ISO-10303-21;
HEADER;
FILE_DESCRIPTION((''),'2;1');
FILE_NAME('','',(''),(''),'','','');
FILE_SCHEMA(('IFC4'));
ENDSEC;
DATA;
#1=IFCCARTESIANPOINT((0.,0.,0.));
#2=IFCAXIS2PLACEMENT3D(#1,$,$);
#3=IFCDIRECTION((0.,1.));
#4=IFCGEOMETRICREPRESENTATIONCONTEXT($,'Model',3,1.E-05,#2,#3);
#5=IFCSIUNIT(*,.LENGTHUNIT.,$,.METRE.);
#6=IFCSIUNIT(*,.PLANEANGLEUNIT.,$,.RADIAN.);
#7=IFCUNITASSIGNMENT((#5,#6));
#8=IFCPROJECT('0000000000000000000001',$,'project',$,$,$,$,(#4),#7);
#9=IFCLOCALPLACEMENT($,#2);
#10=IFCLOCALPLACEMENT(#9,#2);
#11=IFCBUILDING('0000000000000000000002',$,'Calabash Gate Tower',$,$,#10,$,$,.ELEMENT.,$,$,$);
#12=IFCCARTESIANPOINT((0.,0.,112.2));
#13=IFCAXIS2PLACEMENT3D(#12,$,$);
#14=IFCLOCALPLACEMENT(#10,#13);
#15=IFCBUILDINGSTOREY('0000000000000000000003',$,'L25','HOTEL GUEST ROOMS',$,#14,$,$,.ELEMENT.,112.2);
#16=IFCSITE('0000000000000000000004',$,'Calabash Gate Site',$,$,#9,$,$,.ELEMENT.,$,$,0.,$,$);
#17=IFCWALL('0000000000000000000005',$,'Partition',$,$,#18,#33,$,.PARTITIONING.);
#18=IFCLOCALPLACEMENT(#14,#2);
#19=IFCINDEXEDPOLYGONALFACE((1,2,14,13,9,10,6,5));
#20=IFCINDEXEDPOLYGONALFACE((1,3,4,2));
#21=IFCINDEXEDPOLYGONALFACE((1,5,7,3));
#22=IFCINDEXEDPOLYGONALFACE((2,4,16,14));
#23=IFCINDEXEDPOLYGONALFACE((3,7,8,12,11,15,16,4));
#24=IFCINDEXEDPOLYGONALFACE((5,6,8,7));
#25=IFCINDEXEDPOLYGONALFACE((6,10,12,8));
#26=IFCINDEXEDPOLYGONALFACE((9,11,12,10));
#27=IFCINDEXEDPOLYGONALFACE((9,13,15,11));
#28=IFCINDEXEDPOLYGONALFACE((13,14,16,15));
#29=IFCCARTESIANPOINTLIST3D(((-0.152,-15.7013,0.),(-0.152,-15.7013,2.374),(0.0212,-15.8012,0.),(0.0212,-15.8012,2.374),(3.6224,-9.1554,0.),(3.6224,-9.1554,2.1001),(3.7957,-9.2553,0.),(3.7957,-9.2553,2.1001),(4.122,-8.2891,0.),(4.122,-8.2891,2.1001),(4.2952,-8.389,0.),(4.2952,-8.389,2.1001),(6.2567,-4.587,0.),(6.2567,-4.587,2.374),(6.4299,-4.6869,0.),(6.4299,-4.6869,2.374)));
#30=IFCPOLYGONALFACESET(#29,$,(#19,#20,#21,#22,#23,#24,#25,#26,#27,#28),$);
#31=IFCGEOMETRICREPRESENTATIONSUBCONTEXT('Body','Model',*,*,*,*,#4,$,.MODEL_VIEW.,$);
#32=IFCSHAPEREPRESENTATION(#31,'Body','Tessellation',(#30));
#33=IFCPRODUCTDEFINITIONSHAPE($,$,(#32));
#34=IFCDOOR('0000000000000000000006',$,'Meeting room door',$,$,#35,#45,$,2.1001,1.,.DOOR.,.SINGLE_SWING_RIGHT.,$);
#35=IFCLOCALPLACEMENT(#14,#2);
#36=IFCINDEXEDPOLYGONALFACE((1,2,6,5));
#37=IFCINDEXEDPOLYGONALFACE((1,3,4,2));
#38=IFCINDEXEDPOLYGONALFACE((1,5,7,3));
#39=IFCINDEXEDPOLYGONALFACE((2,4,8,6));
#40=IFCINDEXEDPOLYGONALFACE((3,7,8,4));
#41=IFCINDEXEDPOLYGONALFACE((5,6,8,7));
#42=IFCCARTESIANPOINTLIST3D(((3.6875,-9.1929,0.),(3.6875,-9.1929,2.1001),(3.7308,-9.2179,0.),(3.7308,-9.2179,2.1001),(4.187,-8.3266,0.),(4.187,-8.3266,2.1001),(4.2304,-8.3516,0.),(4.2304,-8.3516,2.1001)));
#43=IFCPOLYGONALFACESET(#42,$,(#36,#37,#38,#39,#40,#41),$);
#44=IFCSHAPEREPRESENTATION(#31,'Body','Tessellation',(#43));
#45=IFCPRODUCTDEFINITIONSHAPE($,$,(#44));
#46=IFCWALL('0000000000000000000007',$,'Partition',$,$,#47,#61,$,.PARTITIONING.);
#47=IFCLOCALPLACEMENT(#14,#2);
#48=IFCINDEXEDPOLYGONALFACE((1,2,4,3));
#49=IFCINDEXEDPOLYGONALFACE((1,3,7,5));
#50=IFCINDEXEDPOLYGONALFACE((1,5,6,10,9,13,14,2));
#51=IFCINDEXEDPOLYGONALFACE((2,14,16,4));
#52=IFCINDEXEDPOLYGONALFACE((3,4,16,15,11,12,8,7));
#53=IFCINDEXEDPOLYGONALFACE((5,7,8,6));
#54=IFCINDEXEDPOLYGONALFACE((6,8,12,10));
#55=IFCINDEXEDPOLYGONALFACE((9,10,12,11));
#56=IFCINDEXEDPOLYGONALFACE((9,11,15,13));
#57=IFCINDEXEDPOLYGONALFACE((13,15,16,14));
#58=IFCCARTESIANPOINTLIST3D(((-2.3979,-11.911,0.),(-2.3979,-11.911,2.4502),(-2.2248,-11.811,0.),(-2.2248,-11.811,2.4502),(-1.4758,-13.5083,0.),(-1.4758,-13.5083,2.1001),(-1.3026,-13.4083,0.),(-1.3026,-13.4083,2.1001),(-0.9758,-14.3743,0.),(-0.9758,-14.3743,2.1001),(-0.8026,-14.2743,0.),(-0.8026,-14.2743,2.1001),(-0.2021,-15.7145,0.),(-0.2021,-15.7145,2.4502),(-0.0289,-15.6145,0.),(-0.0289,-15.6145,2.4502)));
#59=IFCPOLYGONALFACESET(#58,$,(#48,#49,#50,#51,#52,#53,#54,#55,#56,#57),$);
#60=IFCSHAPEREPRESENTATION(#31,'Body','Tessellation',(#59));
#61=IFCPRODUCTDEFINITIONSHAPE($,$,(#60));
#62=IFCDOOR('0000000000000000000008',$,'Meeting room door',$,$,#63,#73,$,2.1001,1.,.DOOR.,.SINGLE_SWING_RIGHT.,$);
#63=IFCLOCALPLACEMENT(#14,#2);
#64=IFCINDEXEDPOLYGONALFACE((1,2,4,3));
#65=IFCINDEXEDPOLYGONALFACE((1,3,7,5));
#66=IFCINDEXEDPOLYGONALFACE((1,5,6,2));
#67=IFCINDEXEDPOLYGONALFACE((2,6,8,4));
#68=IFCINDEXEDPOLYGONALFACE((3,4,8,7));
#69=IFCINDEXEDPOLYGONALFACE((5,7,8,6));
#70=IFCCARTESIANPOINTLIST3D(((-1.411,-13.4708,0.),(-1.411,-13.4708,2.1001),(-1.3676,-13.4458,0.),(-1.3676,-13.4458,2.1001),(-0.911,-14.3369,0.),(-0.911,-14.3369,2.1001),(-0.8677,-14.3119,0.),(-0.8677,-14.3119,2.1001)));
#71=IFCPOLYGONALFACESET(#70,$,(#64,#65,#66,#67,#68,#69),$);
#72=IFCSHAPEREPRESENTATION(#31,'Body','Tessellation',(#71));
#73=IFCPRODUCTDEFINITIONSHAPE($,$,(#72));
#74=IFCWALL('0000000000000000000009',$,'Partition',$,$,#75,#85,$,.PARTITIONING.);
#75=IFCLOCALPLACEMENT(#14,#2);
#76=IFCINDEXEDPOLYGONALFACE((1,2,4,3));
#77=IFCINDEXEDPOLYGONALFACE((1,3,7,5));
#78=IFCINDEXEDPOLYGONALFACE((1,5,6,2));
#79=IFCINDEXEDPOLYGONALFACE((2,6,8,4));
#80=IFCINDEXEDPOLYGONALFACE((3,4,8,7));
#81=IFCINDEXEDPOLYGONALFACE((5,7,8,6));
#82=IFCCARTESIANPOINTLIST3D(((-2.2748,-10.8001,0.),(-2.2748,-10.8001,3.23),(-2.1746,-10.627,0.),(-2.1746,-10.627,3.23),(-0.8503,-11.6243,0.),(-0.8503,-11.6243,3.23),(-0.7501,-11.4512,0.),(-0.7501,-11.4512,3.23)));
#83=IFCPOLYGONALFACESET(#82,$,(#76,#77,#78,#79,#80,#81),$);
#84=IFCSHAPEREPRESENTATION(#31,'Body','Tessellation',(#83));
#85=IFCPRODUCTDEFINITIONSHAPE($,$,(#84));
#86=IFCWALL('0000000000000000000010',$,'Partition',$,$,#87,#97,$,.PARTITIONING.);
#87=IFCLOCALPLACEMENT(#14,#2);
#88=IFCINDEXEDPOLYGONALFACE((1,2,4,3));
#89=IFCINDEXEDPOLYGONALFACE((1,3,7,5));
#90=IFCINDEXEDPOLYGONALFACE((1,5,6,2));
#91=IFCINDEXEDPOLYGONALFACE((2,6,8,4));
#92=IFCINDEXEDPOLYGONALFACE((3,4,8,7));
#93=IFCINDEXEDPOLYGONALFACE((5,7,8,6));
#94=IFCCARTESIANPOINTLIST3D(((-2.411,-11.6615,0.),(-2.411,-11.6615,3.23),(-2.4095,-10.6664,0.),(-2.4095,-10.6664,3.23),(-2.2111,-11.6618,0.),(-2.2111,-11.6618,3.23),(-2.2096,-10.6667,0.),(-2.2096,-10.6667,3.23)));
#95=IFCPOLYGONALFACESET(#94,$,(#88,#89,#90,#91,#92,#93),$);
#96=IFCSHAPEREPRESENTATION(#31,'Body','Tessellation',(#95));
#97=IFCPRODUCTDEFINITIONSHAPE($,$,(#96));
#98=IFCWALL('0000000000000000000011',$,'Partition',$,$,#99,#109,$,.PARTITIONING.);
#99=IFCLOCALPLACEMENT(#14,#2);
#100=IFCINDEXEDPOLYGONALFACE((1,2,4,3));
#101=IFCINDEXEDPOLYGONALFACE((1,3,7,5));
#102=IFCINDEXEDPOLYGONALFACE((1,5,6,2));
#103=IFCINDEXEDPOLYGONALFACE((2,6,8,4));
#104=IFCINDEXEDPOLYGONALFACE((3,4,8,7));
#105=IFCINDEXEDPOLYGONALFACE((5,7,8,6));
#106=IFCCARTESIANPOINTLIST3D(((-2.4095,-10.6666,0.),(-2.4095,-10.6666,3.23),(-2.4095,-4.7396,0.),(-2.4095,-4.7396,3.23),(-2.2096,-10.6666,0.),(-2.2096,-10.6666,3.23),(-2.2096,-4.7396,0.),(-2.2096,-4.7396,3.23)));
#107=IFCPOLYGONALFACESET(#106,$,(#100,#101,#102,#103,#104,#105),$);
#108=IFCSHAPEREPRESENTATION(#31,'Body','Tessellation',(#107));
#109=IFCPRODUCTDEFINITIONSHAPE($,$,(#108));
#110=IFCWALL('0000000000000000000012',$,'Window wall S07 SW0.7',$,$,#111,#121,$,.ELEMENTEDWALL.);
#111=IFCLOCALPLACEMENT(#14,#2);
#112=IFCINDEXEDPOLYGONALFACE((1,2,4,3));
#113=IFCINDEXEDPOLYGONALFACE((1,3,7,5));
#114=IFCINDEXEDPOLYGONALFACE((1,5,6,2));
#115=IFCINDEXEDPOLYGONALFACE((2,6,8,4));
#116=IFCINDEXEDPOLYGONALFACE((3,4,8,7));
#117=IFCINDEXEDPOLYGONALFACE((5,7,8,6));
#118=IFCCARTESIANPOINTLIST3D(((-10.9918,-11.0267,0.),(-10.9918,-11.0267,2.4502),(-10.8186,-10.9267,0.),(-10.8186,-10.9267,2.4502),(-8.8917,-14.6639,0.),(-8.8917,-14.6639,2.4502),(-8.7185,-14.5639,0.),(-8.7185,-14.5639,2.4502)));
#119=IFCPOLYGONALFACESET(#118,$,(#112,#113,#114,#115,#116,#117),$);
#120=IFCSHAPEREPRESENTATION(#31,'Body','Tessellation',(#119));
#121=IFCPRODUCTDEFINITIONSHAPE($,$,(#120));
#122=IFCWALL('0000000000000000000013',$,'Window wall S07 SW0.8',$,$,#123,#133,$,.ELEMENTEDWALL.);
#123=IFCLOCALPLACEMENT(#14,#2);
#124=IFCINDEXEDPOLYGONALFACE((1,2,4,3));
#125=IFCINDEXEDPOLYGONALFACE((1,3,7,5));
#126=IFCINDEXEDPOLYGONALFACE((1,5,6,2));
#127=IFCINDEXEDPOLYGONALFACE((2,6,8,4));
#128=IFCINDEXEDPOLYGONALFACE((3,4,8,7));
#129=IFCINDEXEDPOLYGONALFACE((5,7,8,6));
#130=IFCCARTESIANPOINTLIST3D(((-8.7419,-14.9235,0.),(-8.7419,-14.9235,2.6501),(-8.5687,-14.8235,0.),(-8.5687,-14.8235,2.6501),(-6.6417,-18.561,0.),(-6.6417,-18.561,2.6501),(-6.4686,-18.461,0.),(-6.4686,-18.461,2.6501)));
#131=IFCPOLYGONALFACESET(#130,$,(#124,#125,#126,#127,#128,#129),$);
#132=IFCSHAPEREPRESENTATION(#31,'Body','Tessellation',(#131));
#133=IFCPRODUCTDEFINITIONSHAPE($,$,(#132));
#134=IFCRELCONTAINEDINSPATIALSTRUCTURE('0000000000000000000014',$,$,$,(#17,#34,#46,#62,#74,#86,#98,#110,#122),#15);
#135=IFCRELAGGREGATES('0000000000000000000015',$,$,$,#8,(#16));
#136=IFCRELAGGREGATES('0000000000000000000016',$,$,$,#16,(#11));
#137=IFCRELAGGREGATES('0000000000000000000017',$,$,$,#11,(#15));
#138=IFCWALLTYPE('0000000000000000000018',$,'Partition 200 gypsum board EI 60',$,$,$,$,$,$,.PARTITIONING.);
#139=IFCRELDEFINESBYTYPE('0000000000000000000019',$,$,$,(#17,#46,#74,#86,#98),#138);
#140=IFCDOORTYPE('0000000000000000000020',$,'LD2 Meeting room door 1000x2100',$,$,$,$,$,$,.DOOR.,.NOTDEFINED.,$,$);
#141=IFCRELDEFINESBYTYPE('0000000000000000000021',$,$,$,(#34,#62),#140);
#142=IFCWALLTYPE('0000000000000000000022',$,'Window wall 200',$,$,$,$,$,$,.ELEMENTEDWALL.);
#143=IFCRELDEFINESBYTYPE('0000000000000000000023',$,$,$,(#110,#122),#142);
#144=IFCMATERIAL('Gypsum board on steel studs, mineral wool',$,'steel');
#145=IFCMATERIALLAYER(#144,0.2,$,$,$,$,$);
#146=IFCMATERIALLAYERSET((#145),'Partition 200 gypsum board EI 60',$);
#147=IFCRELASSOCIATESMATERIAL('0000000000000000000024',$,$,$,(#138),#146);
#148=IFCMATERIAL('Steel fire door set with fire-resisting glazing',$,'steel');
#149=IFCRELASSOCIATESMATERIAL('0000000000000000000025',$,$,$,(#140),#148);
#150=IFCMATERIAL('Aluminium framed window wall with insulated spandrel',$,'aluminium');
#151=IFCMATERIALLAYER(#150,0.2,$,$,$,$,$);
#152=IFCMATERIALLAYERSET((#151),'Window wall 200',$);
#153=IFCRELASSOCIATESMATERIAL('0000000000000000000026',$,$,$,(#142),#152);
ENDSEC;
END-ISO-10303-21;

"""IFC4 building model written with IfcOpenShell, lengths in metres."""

from ifc_helpers import new_model, si_unit, direction, frame, frame_2d, origin, place, context, subcontext, project, spatial, rectangle, extrude, material, layer, layer_set, type_object, element, fill, save


model = new_model("IFC4")

# Units and contexts
model_context = context("Model", 3, precision=1e-05, world=origin(), true_north=direction((0.0, 1.0)))
body_context = subcontext(model_context, "Body", "Model", "MODEL_VIEW")
ifc_project = project(units=[si_unit("LENGTHUNIT", "METRE"), si_unit("PLANEANGLEUNIT", "RADIAN")], contexts=[model_context])

# Site, building, storey
site_placement = place(None, origin())
site = spatial("IfcSite", under=ifc_project, at=site_placement, Name="Calabash Gate Site", CompositionType="ELEMENT", RefElevation=0.0)
building_placement = place(site_placement, origin())
building = spatial("IfcBuilding", under=site, at=building_placement, Name="Calabash Gate Tower", CompositionType="ELEMENT")
storey_placement = place(building_placement, frame((0.0, 0.0, 112.2)))
storey = spatial("IfcBuildingStorey", under=building, at=storey_placement, Name="L25", Description="HOTEL GUEST ROOMS", CompositionType="ELEMENT", Elevation=112.2)

# Walls, openings, doors
ifc_material_1 = material(Name="Gypsum board on steel studs, mineral wool", Category="steel")
ifc_layer_1 = layer(ifc_material_1, 0.2)
ifc_layer_set_1 = layer_set([ifc_layer_1], Name="Partition 200 gypsum board EI 60")
wall_type_1 = type_object("IfcWallType", Name="Partition 200 gypsum board EI 60", PredefinedType="PARTITIONING", material=ifc_layer_set_1)
wall_1_placement = place(storey_placement, frame((-0.0654, -15.7512, 0.0), z_axis=(0.0, 0.0, 1.0), x_axis=(0.499525, 0.8663, 0.0)))
wall_1 = element("IfcWall", 1, at=wall_1_placement, inside=storey, type_object=wall_type_1, Name="Partition", PredefinedType="PARTITIONING", context=body_context, shape_type="SweptSolid", body=[
    extrude(rectangle(XDim=12.8296, YDim=0.2, at=frame_2d((6.4148, 0.0))), origin(), (0.0, 0.0, 1.0), 2.374),
])
opening_1_placement = place(wall_1_placement, frame((7.5562, 0.0, 0.0)))
opening_1 = element("IfcOpeningElement", 2, at=opening_1_placement, cuts=wall_1, PredefinedType="OPENING", context=body_context, shape_type="SweptSolid", body=[
    extrude(rectangle(XDim=1.0, YDim=2.1001, at=frame_2d((0.5, 1.05))), frame((0.0, 0.1099, 0.0), z_axis=(0.0, -1.0, 0.0), x_axis=(1.0, 0.0, 0.0)), (0.0, 0.0, 1.0), 0.22),
])
ifc_material_2 = material(Name="Steel fire door set with fire-resisting glazing", Category="steel")
door_type = type_object("IfcDoorType", Name="LD2 Meeting room door 1000x2100", OperationType="NOTDEFINED", PredefinedType="DOOR", material=ifc_material_2)
door_1_placement = place(opening_1_placement, origin())
door_1 = element("IfcDoor", 3, at=door_1_placement, inside=storey, type_object=door_type, Name="Meeting room door", OperationType="SINGLE_SWING_RIGHT", OverallHeight=2.1001, OverallWidth=1.0, PredefinedType="DOOR", context=body_context, shape_type="SweptSolid", body=[
    extrude(rectangle(XDim=1.0, YDim=2.1001, at=frame_2d((0.5, 1.05))), frame((0.0, 0.0249, 0.0), z_axis=(0.0, -1.0, 0.0), x_axis=(1.0, 0.0, 0.0)), (0.0, 0.0, 1.0), 0.05),
])
fill(opening_1, door_1)
wall_2_placement = place(storey_placement, frame((-2.3113, -11.8611, 0.0), z_axis=(0.0, 0.0, 1.0), x_axis=(0.499977, -0.866038, 0.0)))
wall_2 = element("IfcWall", 4, at=wall_2_placement, inside=storey, type_object=wall_type_1, Name="Partition", PredefinedType="PARTITIONING", context=body_context, shape_type="SweptSolid", body=[
    extrude(rectangle(XDim=4.3918, YDim=0.2, at=frame_2d((2.1958, 0.0))), origin(), (0.0, 0.0, 1.0), 2.4502),
])
opening_2_placement = place(wall_2_placement, frame((1.8442, 0.0, 0.0)))
opening_2 = element("IfcOpeningElement", 5, at=opening_2_placement, cuts=wall_2, PredefinedType="OPENING", context=body_context, shape_type="SweptSolid", body=[
    extrude(rectangle(XDim=1.0, YDim=2.1001, at=frame_2d((0.5, 1.05))), frame((0.0, 0.1099, 0.0), z_axis=(0.0, -1.0, 0.0), x_axis=(1.0, 0.0, 0.0)), (0.0, 0.0, 1.0), 0.22),
])
door_2_placement = place(opening_2_placement, origin())
door_2 = element("IfcDoor", 6, at=door_2_placement, inside=storey, type_object=door_type, Name="Meeting room door", OperationType="SINGLE_SWING_RIGHT", OverallHeight=2.1001, OverallWidth=1.0, PredefinedType="DOOR", context=body_context, shape_type="SweptSolid", body=[
    extrude(rectangle(XDim=1.0, YDim=2.1001, at=frame_2d((0.5, 1.05))), frame((0.0, 0.0249, 0.0), z_axis=(0.0, -1.0, 0.0), x_axis=(1.0, 0.0, 0.0)), (0.0, 0.0, 1.0), 0.05),
])
fill(opening_2, door_2)

# Walls
wall_3_placement = place(storey_placement, frame((-2.2246, -10.7136, 0.0), z_axis=(0.0, 0.0, 1.0), x_axis=(0.865565, -0.500797, 0.0)))
element("IfcWall", 7, at=wall_3_placement, inside=storey, type_object=wall_type_1, Name="Partition", PredefinedType="PARTITIONING", context=body_context, shape_type="SweptSolid", body=[
    extrude(rectangle(XDim=1.6458, YDim=0.2, at=frame_2d((0.8228, 0.0))), origin(), (0.0, 0.0, 1.0), 3.23),
])
wall_4_placement = place(storey_placement, frame((-2.311, -11.6616, 0.0), z_axis=(0.0, 0.0, 1.0), x_axis=(0.001472, 0.999999, 0.0)))
element("IfcWall", 8, at=wall_4_placement, inside=storey, type_object=wall_type_1, Name="Partition", PredefinedType="PARTITIONING", context=body_context, shape_type="SweptSolid", body=[
    extrude(rectangle(XDim=0.9951, YDim=0.2, at=frame_2d((0.4976, 0.0))), origin(), (0.0, 0.0, 1.0), 3.23),
])
wall_5_placement = place(storey_placement, frame((-2.3096, -10.6665, 0.0), z_axis=(0.0, 0.0, 1.0), x_axis=(0.0, 1.0, 0.0)))
element("IfcWall", 9, at=wall_5_placement, inside=storey, type_object=wall_type_1, Name="Partition", PredefinedType="PARTITIONING", context=body_context, shape_type="SweptSolid", body=[
    extrude(rectangle(XDim=5.927, YDim=0.2, at=frame_2d((2.9634, 0.0))), origin(), (0.0, 0.0, 1.0), 3.23),
])
ifc_material_3 = material(Name="Aluminium framed window wall with insulated spandrel", Category="aluminium")
ifc_layer_2 = layer(ifc_material_3, 0.2)
ifc_layer_set_2 = layer_set([ifc_layer_2], Name="Window wall 200")
wall_type_2 = type_object("IfcWallType", Name="Window wall 200", PredefinedType="ELEMENTEDWALL", material=ifc_layer_set_2)
wall_6_placement = place(storey_placement, frame((-10.9053, -10.9766, 0.0), z_axis=(0.0, 0.0, 1.0), x_axis=(0.500028, -0.866009, 0.0)))
element("IfcWall", 10, at=wall_6_placement, inside=storey, type_object=wall_type_2, Name="Window wall S07 SW0.7", PredefinedType="ELEMENTEDWALL", context=body_context, shape_type="SweptSolid", body=[
    extrude(rectangle(XDim=4.2, YDim=0.2, at=frame_2d((2.1001, 0.0))), origin(), (0.0, 0.0, 1.0), 2.4502),
])
wall_7_placement = place(storey_placement, frame((-8.6553, -14.8735, 0.0), z_axis=(0.0, 0.0, 1.0), x_axis=(0.500003, -0.866024, 0.0)))
element("IfcWall", 11, at=wall_7_placement, inside=storey, type_object=wall_type_2, Name="Window wall S07 SW0.8", PredefinedType="ELEMENTEDWALL", context=body_context, shape_type="SweptSolid", body=[
    extrude(rectangle(XDim=4.2002, YDim=0.2, at=frame_2d((2.1001, 0.0))), origin(), (0.0, 0.0, 1.0), 2.6501),
])

save(model, "model.ifc")
